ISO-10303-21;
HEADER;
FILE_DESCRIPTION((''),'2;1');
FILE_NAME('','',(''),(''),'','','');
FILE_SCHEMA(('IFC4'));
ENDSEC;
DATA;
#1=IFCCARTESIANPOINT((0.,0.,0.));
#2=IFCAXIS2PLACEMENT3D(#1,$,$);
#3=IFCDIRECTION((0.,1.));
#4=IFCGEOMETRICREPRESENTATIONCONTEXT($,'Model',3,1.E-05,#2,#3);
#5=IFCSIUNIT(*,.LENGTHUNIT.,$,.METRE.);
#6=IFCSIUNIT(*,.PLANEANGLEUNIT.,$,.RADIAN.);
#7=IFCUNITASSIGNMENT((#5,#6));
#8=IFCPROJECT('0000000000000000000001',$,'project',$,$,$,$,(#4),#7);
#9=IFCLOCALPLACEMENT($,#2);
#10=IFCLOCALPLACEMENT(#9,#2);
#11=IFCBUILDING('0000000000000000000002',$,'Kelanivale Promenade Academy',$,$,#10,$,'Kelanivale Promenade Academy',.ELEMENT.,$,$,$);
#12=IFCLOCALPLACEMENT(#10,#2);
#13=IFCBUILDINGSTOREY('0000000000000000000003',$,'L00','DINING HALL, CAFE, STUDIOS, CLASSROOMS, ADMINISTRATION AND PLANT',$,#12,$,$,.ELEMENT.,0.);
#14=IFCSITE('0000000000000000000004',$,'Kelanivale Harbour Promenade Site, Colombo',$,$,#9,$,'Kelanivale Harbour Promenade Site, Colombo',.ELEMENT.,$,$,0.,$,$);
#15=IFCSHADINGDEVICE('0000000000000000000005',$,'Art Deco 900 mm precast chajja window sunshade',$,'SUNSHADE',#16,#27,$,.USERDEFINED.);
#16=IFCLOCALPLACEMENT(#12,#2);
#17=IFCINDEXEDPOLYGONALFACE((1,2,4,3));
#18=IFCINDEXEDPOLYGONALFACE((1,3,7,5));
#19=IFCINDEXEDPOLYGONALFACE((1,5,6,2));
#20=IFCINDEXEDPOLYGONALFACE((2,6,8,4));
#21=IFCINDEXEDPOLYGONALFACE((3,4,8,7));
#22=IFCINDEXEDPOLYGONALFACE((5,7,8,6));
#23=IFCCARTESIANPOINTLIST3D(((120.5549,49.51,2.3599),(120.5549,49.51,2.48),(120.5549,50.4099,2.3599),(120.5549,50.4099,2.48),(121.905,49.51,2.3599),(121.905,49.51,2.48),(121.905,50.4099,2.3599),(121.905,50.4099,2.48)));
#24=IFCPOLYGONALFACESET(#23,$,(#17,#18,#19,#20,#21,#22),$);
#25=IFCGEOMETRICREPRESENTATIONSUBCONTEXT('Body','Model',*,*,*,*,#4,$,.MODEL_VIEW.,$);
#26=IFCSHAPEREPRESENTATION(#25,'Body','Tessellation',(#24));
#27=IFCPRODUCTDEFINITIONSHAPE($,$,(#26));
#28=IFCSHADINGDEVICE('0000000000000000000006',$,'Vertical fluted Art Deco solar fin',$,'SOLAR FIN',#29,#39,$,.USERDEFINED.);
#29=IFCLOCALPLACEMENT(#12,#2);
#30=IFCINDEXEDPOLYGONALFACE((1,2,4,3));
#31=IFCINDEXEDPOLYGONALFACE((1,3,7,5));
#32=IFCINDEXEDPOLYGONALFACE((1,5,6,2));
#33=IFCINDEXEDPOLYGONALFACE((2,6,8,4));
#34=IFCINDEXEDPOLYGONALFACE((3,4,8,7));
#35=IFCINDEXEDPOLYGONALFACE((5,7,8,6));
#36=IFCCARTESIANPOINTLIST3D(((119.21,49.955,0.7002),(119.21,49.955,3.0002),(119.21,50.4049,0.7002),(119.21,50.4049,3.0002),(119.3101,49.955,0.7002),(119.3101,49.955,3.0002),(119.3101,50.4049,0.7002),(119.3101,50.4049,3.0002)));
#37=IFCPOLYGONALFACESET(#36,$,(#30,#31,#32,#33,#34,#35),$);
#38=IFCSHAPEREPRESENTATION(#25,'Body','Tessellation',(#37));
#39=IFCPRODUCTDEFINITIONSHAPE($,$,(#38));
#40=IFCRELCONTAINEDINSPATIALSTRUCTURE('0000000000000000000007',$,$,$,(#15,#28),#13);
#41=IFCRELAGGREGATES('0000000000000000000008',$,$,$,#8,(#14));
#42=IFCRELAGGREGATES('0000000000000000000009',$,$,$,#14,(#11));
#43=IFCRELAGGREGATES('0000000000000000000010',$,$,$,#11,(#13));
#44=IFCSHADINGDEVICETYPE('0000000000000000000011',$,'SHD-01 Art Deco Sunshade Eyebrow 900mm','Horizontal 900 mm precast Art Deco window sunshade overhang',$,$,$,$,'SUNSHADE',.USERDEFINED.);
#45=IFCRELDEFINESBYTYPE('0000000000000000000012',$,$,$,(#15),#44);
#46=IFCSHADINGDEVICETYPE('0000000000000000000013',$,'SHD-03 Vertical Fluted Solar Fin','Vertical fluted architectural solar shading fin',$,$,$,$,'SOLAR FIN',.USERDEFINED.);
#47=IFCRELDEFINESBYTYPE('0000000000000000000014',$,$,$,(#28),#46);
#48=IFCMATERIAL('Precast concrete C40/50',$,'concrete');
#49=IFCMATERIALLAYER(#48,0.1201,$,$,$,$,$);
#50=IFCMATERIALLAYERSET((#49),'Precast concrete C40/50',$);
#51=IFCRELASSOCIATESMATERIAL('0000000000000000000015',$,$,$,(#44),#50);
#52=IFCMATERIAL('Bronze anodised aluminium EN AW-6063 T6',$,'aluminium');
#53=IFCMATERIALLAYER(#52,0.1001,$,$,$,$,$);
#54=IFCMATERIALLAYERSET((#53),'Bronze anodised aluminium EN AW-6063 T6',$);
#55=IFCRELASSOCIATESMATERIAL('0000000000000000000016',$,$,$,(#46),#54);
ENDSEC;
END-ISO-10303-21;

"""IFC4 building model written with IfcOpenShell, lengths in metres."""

from ifc_helpers import new_model, si_unit, direction, frame, origin, origin_2d, place, context, subcontext, project, spatial, rectangle, extrude, material, layer, layer_set, type_object, element, save


model = new_model("IFC4")

# Units and contexts
model_context = context("Model", 3, precision=1e-05, world=origin(), true_north=direction((0.0, 1.0)))
body_context = subcontext(model_context, "Body", "Model", "MODEL_VIEW")
ifc_project = project(units=[si_unit("LENGTHUNIT", "METRE"), si_unit("PLANEANGLEUNIT", "RADIAN")], contexts=[model_context])

# Site, building, storey
site_placement = place(None, origin())
site = spatial("IfcSite", under=ifc_project, at=site_placement, Name="Kelanivale Harbour Promenade Site, Colombo", LongName="Kelanivale Harbour Promenade Site, Colombo", CompositionType="ELEMENT", RefElevation=0.0)
building_placement = place(site_placement, origin())
building = spatial("IfcBuilding", under=site, at=building_placement, Name="Kelanivale Promenade Academy", LongName="Kelanivale Promenade Academy", CompositionType="ELEMENT")
storey_placement = place(building_placement, origin())
storey = spatial("IfcBuildingStorey", under=building, at=storey_placement, Name="L00", Description="DINING HALL, CAFE, STUDIOS, CLASSROOMS, ADMINISTRATION AND PLANT", CompositionType="ELEMENT", Elevation=0.0)

# Shading devices
ifc_material_1 = material(Name="Precast concrete C40/50", Category="concrete")
ifc_layer_1 = layer(ifc_material_1, 0.1201)
ifc_layer_set_1 = layer_set([ifc_layer_1], Name="Precast concrete C40/50")
shading_device_type_1 = type_object("IfcShadingDeviceType", Name="SHD-01 Art Deco Sunshade Eyebrow 900mm", Description="Horizontal 900 mm precast Art Deco window sunshade overhang", ElementType="SUNSHADE", PredefinedType="USERDEFINED", material=ifc_layer_set_1)
shading_device_1_placement = place(storey_placement, frame((121.23, 49.96, 2.3599), z_axis=(0.0, 0.0, 1.0), x_axis=(1.0, 0.0, 0.0)))
element("IfcShadingDevice", 1, at=shading_device_1_placement, inside=storey, type_object=shading_device_type_1, Name="Art Deco 900 mm precast chajja window sunshade", ObjectType="SUNSHADE", PredefinedType="USERDEFINED", context=body_context, shape_type="SweptSolid", body=[
    extrude(rectangle(XDim=1.3501, YDim=0.8999, at=origin_2d()), origin(), (0.0, 0.0, 1.0), 0.1201),
])
ifc_material_2 = material(Name="Bronze anodised aluminium EN AW-6063 T6", Category="aluminium")
ifc_layer_2 = layer(ifc_material_2, 0.1001)
ifc_layer_set_2 = layer_set([ifc_layer_2], Name="Bronze anodised aluminium EN AW-6063 T6")
shading_device_type_2 = type_object("IfcShadingDeviceType", Name="SHD-03 Vertical Fluted Solar Fin", Description="Vertical fluted architectural solar shading fin", ElementType="SOLAR FIN", PredefinedType="USERDEFINED", material=ifc_layer_set_2)
shading_device_2_placement = place(storey_placement, frame((119.26, 50.1799, 0.7002), z_axis=(0.0, 0.0, 1.0), x_axis=(1.0, 0.0, 0.0)))
element("IfcShadingDevice", 2, at=shading_device_2_placement, inside=storey, type_object=shading_device_type_2, Name="Vertical fluted Art Deco solar fin", ObjectType="SOLAR FIN", PredefinedType="USERDEFINED", context=body_context, shape_type="SweptSolid", body=[
    extrude(rectangle(XDim=0.1001, YDim=0.45, at=origin_2d()), origin(), (0.0, 0.0, 1.0), 2.3),
])

save(model, "model.ifc")
